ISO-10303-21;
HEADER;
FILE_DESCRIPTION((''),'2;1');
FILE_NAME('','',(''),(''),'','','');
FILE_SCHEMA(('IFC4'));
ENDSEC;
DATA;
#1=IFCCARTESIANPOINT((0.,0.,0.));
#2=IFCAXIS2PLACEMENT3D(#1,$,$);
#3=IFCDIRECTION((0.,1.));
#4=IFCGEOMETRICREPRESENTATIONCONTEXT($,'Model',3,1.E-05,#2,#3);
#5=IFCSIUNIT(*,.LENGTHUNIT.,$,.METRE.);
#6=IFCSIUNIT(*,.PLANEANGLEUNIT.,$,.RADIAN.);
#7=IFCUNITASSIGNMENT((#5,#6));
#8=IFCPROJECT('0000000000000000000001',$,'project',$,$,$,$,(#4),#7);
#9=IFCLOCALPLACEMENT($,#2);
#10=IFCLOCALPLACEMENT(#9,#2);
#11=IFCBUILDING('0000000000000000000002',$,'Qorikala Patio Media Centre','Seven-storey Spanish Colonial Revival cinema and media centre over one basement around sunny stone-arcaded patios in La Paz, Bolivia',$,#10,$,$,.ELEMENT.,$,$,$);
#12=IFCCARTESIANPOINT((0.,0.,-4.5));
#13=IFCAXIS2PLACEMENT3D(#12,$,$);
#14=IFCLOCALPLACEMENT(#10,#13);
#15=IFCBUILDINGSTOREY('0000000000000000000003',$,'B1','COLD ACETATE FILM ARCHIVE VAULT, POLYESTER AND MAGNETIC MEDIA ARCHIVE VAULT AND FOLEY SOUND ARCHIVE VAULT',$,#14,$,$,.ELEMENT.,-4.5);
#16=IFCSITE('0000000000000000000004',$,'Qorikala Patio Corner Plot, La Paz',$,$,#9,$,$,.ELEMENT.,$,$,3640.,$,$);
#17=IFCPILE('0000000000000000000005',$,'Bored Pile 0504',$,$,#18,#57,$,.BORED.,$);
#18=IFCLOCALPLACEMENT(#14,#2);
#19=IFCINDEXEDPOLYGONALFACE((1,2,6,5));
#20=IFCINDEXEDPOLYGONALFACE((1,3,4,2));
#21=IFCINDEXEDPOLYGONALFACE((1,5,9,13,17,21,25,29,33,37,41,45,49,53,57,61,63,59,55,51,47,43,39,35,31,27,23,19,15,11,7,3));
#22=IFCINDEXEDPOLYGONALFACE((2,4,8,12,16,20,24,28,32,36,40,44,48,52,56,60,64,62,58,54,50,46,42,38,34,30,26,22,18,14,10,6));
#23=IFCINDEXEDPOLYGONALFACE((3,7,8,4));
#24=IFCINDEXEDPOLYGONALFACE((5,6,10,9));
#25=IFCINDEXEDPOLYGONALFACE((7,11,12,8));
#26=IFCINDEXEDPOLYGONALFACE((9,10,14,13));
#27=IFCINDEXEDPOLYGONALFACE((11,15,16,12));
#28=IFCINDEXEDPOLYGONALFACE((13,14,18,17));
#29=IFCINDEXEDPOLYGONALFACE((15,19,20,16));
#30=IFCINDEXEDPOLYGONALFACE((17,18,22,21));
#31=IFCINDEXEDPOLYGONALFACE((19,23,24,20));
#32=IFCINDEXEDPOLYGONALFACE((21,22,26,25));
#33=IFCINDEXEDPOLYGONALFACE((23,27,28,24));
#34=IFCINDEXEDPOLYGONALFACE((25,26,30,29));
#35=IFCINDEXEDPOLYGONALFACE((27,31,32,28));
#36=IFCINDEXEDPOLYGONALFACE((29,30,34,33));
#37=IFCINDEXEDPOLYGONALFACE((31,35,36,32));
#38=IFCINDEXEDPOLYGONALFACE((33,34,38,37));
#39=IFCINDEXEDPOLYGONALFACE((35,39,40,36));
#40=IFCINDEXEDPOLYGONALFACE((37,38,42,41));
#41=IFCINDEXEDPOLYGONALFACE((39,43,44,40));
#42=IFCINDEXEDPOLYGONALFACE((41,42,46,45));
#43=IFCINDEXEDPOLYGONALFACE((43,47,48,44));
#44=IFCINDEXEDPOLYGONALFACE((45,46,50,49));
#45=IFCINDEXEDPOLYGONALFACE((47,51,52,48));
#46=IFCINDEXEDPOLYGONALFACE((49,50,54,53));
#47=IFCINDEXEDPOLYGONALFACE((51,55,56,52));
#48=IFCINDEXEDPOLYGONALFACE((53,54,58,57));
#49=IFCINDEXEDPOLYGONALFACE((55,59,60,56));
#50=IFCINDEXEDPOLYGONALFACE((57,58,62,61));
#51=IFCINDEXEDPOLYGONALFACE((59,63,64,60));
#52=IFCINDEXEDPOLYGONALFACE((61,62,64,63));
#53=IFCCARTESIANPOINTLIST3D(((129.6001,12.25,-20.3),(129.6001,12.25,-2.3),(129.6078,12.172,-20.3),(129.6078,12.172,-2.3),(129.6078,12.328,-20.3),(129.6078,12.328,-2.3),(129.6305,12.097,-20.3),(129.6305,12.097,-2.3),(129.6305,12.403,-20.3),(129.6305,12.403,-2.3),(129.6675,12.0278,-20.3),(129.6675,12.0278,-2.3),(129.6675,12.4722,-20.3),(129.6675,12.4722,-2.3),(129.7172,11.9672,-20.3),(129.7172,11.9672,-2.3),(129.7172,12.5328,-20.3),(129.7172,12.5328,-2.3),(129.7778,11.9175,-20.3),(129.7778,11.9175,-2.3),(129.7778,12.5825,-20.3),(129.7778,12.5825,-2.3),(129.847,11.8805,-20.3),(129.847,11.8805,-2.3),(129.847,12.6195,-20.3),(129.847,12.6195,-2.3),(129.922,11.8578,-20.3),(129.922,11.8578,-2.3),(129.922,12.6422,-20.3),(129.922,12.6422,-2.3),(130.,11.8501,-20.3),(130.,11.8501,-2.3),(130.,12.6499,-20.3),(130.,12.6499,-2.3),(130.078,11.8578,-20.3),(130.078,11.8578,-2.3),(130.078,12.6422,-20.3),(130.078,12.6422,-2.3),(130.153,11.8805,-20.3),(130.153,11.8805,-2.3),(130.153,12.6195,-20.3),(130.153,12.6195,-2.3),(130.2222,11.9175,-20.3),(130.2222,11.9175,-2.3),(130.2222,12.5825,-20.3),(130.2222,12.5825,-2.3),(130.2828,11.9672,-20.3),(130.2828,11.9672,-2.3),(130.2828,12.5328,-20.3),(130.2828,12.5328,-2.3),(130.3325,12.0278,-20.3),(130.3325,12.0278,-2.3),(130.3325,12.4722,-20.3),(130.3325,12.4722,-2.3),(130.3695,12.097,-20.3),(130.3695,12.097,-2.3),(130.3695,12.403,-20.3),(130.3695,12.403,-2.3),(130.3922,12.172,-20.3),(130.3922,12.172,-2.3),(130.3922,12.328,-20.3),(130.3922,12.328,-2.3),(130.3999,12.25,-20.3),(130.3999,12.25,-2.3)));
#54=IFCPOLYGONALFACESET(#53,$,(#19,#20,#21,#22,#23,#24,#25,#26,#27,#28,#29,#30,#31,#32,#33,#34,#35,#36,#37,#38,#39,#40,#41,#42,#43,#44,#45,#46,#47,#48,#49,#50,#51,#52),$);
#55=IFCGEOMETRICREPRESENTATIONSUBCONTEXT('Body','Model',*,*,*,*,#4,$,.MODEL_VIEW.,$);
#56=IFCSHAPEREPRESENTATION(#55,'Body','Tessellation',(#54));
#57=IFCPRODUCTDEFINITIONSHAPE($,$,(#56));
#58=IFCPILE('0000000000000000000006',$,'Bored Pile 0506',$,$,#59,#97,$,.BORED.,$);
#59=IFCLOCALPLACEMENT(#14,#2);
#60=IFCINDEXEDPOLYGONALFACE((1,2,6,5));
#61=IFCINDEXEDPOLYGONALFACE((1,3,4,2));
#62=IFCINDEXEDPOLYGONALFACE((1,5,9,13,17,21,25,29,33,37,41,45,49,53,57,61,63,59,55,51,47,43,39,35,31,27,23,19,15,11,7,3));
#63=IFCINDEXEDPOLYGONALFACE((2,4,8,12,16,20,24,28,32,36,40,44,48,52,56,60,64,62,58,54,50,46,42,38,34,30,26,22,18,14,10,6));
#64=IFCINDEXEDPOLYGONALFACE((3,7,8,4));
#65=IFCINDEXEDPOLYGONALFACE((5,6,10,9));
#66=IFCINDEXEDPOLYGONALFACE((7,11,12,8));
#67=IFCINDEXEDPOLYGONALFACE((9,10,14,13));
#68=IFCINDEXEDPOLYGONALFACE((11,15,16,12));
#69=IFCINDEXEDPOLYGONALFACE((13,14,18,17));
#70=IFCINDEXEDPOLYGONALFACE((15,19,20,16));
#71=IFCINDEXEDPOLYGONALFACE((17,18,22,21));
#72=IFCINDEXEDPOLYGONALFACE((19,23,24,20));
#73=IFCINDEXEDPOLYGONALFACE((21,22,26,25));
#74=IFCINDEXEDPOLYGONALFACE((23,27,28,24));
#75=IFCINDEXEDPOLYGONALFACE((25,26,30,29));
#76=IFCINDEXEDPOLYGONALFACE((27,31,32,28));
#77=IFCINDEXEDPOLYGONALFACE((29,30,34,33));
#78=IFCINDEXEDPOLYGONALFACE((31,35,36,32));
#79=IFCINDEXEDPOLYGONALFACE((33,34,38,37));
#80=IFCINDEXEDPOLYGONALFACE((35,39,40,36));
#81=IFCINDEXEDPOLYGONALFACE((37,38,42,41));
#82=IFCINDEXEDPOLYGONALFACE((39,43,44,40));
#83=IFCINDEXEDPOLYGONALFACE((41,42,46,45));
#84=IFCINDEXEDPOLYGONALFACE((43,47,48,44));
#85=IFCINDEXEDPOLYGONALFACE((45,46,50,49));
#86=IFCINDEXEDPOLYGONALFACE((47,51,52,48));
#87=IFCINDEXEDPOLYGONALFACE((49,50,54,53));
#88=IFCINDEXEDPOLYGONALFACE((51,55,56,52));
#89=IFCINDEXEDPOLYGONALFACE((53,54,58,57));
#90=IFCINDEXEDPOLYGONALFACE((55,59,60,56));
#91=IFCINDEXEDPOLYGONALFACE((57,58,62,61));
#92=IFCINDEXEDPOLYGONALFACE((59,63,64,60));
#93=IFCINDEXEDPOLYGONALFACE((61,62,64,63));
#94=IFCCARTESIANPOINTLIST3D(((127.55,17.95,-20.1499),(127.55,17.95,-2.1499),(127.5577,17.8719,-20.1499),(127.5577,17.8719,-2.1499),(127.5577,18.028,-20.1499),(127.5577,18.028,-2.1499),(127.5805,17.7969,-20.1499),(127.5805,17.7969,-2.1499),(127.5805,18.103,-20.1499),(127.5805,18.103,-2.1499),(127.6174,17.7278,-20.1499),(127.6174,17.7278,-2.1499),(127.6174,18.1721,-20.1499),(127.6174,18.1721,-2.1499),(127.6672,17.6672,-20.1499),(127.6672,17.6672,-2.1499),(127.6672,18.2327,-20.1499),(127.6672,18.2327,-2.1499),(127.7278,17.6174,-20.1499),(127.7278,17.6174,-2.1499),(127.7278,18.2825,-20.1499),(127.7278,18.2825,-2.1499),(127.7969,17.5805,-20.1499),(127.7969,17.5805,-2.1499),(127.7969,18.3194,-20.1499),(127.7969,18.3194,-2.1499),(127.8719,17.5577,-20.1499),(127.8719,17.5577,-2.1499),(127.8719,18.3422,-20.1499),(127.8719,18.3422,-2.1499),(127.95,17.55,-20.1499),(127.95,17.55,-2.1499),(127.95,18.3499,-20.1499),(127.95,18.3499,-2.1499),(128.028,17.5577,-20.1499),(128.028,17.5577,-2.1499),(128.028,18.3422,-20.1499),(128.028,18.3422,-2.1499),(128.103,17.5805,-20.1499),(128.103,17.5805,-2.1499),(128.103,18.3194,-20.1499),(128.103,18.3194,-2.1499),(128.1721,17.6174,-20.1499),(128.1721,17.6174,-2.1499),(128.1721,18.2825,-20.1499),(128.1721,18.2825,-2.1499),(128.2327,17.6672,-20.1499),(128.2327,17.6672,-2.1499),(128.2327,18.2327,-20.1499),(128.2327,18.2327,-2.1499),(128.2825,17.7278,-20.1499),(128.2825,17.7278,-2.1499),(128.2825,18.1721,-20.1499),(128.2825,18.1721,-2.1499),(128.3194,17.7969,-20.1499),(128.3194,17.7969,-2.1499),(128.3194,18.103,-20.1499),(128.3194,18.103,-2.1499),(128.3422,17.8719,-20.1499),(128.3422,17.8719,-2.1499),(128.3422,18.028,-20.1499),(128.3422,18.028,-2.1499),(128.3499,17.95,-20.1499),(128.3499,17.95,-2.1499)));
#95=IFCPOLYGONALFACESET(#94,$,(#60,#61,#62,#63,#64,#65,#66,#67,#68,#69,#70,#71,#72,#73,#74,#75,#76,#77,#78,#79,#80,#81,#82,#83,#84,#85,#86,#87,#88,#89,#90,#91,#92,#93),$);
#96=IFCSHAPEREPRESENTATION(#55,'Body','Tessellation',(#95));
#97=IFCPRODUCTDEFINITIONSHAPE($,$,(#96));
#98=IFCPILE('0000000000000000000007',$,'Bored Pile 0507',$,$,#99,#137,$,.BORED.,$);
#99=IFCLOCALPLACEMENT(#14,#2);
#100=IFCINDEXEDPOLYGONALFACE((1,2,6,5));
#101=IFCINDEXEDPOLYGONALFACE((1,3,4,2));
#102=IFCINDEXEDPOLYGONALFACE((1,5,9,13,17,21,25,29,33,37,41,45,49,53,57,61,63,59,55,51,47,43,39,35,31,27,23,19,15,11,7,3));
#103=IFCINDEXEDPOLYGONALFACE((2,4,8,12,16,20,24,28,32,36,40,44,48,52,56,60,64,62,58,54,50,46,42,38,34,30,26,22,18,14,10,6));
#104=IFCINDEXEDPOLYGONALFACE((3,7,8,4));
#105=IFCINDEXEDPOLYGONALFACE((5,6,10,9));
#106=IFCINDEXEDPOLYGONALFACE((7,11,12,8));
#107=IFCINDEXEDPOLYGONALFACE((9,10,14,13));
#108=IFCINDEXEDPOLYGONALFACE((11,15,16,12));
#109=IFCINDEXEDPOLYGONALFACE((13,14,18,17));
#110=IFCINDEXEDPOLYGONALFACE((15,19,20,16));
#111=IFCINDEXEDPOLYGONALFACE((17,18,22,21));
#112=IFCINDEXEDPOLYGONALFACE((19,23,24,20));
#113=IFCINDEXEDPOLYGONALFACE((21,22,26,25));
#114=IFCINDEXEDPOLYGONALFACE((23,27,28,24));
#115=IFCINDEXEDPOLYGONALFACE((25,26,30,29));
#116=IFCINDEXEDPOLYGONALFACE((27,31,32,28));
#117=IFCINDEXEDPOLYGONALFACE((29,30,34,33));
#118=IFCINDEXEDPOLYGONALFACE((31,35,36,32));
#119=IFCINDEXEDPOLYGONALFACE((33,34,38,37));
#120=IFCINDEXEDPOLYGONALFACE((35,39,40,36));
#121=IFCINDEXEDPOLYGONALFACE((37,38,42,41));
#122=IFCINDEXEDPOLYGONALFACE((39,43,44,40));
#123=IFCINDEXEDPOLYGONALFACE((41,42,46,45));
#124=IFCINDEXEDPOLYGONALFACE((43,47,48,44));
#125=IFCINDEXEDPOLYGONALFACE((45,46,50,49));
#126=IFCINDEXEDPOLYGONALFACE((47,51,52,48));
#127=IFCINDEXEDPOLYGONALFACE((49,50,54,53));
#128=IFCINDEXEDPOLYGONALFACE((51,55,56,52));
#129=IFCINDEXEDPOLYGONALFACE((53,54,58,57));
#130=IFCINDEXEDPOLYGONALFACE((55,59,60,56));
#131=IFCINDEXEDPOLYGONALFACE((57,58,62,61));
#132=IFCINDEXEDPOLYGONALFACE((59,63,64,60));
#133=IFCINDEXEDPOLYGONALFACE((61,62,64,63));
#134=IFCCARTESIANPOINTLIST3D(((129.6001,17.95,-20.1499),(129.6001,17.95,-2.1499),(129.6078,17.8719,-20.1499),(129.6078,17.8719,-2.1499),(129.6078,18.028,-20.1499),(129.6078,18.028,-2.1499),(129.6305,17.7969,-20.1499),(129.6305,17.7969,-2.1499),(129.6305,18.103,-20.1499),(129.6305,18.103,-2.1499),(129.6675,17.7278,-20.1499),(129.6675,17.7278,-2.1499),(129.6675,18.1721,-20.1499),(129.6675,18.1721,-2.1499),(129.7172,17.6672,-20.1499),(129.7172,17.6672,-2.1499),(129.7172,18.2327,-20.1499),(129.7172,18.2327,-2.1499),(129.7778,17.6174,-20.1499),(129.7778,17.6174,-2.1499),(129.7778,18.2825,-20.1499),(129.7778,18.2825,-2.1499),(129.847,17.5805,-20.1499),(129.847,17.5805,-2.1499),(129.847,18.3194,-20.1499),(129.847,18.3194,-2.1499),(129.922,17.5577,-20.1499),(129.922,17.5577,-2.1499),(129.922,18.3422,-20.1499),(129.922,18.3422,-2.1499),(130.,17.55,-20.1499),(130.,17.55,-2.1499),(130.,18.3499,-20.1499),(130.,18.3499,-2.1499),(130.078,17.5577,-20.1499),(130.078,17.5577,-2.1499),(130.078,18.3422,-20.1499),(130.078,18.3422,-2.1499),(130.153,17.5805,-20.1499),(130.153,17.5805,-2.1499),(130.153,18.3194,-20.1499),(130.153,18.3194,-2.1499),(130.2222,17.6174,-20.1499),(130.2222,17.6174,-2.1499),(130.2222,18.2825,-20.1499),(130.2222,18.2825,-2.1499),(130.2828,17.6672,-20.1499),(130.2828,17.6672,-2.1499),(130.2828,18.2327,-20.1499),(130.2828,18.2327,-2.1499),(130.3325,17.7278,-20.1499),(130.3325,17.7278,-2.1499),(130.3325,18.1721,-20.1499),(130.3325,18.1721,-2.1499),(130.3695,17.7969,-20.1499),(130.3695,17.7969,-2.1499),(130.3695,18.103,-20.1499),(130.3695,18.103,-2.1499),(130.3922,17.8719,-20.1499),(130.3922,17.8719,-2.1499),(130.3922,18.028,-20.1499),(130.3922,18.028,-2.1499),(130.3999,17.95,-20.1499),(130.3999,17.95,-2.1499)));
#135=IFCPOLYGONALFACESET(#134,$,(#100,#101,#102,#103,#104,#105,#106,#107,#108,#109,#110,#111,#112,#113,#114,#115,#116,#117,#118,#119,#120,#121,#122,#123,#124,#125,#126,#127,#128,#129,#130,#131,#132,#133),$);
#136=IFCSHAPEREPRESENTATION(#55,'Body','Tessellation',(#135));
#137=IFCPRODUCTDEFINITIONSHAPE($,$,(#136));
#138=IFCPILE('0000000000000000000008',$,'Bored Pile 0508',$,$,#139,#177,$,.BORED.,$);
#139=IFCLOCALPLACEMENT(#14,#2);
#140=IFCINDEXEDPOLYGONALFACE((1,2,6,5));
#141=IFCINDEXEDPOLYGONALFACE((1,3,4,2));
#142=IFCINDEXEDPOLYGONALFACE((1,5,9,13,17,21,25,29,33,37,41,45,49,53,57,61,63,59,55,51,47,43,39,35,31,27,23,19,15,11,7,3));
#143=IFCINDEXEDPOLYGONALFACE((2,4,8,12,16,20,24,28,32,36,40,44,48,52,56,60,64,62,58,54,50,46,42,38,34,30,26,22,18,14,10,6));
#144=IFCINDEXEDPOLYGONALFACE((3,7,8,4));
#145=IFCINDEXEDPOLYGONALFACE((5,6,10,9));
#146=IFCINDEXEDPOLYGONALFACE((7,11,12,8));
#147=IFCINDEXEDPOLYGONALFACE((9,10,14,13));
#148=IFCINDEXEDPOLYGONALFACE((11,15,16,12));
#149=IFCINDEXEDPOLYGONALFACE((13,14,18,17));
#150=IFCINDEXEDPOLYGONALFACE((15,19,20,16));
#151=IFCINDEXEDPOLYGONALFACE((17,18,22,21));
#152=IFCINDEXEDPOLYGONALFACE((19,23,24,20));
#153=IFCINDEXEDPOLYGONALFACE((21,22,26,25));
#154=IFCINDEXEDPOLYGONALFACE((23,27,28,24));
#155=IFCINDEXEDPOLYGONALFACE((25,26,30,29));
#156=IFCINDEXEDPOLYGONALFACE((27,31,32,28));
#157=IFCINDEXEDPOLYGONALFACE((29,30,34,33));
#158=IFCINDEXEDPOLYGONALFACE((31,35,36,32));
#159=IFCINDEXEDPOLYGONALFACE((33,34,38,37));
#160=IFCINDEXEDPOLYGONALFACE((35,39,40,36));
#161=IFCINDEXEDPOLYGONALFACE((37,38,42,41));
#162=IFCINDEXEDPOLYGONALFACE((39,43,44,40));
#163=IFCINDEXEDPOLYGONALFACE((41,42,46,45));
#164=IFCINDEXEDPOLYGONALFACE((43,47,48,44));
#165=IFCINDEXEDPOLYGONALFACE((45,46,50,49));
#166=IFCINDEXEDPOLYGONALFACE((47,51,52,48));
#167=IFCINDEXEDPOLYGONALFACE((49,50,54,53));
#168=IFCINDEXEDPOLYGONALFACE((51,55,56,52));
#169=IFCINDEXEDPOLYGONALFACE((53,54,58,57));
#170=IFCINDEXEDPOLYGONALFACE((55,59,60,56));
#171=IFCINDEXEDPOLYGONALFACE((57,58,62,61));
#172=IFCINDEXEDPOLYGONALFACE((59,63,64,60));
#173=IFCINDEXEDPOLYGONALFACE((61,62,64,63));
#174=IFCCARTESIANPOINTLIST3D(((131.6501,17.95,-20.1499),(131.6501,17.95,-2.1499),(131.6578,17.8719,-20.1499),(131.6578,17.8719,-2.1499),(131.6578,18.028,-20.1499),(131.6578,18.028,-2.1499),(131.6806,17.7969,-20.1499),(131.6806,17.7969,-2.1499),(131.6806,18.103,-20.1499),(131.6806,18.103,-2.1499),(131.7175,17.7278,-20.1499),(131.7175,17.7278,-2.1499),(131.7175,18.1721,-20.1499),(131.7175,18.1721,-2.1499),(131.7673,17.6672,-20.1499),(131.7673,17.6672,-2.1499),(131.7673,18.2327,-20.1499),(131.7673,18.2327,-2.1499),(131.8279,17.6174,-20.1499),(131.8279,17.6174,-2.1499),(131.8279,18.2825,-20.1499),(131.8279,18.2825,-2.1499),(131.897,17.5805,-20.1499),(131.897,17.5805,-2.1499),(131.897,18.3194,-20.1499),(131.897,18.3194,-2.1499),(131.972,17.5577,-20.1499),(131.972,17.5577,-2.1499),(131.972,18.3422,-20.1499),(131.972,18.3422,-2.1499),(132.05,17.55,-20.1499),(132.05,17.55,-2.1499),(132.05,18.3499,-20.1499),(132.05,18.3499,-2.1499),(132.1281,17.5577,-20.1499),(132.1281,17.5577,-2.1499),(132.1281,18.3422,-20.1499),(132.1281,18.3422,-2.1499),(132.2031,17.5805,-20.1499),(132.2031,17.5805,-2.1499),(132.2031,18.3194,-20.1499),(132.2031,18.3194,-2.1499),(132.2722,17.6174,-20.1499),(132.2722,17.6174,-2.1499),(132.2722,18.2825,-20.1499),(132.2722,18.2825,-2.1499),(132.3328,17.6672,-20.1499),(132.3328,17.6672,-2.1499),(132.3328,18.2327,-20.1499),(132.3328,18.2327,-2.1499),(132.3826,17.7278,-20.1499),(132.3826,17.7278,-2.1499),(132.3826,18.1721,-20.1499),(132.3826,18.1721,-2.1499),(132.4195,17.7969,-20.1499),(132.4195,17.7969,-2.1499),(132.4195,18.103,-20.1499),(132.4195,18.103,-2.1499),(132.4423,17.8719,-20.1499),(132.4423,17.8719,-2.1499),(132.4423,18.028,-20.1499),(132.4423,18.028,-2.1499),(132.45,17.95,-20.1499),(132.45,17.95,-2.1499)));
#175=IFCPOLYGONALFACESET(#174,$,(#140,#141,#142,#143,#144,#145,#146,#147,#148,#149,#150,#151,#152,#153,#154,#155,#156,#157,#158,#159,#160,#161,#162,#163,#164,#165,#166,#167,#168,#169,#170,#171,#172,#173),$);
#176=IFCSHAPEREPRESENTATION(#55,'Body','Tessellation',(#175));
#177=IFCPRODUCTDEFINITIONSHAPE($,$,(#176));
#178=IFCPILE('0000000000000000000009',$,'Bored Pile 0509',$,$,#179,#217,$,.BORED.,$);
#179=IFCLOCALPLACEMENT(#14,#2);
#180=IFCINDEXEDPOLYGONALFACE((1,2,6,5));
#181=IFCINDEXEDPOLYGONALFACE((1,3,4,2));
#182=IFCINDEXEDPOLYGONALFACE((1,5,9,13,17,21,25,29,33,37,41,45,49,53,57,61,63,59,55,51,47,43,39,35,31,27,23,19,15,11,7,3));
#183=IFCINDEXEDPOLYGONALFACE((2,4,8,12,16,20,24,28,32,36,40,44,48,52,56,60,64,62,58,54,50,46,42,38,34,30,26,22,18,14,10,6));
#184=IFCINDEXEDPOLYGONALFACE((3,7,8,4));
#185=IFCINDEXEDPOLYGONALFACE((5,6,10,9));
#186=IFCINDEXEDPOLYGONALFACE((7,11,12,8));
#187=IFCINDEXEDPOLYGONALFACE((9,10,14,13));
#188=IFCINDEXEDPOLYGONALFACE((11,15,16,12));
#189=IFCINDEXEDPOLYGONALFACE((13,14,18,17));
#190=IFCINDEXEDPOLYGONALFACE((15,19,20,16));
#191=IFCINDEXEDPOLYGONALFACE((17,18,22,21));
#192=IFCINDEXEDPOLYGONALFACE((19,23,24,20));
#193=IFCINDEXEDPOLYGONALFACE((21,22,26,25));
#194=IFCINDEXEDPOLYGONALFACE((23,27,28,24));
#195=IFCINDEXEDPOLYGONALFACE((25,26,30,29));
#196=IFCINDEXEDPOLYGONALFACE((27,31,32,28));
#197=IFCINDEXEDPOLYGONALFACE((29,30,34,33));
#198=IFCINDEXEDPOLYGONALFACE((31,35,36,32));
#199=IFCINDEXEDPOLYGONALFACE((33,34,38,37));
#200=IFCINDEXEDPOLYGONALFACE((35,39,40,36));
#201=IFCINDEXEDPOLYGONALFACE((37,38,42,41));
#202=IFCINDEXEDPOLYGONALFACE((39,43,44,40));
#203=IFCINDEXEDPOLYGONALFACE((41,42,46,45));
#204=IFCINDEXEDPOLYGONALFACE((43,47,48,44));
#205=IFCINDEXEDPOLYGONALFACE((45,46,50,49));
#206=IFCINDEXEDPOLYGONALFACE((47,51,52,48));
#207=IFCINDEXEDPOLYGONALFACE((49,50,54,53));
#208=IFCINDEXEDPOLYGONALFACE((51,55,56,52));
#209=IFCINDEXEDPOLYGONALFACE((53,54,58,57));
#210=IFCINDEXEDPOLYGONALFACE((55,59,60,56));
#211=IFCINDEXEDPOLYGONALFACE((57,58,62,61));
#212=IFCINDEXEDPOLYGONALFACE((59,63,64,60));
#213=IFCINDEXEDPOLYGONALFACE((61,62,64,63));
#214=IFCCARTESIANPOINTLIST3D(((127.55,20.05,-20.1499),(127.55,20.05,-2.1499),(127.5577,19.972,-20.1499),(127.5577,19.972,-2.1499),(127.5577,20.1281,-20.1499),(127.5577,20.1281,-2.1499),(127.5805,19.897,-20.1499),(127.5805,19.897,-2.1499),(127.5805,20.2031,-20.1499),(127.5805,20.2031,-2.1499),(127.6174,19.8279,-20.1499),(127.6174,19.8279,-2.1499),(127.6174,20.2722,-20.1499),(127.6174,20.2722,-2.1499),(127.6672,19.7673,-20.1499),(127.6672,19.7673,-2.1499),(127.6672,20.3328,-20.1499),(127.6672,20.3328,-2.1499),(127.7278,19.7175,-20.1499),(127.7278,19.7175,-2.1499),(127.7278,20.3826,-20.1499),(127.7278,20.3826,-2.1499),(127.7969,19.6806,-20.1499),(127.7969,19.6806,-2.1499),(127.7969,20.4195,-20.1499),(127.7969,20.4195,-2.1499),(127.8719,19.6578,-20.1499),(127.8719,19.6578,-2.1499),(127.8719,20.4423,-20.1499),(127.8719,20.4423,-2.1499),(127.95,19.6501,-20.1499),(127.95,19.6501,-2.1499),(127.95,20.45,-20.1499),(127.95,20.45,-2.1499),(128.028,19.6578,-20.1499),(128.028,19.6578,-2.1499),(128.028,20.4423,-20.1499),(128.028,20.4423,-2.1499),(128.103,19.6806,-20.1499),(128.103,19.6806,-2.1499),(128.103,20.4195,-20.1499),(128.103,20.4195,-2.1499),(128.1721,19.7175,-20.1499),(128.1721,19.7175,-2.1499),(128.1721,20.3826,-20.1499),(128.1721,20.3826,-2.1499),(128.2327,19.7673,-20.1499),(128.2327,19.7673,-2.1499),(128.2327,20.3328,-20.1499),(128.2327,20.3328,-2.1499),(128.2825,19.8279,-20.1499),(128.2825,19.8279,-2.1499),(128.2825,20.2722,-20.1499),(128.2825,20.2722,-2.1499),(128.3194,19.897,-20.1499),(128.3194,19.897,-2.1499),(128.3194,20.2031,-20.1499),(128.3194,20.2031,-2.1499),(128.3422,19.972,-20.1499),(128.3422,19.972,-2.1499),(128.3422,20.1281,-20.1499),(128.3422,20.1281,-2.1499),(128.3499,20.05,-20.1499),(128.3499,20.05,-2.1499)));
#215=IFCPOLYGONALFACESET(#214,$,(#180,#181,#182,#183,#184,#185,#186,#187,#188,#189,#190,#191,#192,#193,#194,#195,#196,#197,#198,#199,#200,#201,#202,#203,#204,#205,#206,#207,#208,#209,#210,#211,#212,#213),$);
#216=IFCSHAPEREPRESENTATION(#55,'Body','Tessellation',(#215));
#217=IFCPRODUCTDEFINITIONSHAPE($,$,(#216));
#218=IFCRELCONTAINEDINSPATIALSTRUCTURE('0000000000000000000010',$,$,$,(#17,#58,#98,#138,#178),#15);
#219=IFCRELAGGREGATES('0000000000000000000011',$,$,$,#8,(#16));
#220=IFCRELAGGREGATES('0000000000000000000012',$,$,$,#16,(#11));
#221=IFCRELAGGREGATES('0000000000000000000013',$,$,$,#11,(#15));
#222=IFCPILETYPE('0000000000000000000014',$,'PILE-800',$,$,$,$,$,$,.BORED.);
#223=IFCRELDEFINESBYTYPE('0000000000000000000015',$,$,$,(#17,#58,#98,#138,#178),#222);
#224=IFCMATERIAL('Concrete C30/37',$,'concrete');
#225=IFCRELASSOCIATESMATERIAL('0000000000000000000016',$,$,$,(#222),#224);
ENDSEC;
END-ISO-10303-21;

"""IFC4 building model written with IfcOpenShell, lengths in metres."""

from ifc_helpers import new_model, si_unit, direction, frame, origin, origin_2d, place, context, subcontext, project, spatial, circle, extrude, material, material_profile, profile_set, type_object, element, save


model = new_model("IFC4")

# Units and contexts
model_context = context("Model", 3, precision=1e-05, world=origin(), true_north=direction((0.0, 1.0)))
body_context = subcontext(model_context, "Body", "Model", "MODEL_VIEW")
ifc_project = project(units=[si_unit("LENGTHUNIT", "METRE"), si_unit("PLANEANGLEUNIT", "RADIAN")], contexts=[model_context])

# Site, building, storey
site_placement = place(None, origin())
site = spatial("IfcSite", under=ifc_project, at=site_placement, Name="Qorikala Patio Corner Plot, La Paz", CompositionType="ELEMENT", RefElevation=3640.0)
building_placement = place(site_placement, origin())
building = spatial("IfcBuilding", under=site, at=building_placement, Name="Qorikala Patio Media Centre", Description="Seven-storey Spanish Colonial Revival cinema and media centre over one basement around sunny stone-arcaded patios in La Paz, Bolivia", CompositionType="ELEMENT")
storey_placement = place(building_placement, frame((0.0, 0.0, -4.5)))
storey = spatial("IfcBuildingStorey", under=building, at=storey_placement, Name="B1", Description="COLD ACETATE FILM ARCHIVE VAULT, POLYESTER AND MAGNETIC MEDIA ARCHIVE VAULT AND FOLEY SOUND ARCHIVE VAULT", CompositionType="ELEMENT", Elevation=-4.5)

# Shared definitions
ifc_material_1 = material(Name="Concrete C30/37", Category="concrete")

# Piles
ifc_material_profile_1 = material_profile(ifc_material_1, circle(Radius=0.3999, at=origin_2d()), Name="BORED PILE 800")
ifc_profile_set_1 = profile_set([ifc_material_profile_1], Name="Concrete C30/37")
pile_type = type_object("IfcPileType", Name="PILE-800", PredefinedType="BORED", material=ifc_profile_set_1)
for number, where, z_axis, x_axis, name in (
    (1, (130.0, 12.25, -2.3), (0.0, 0.0, -1.0), (1.0, 0.0, 0.0), "Bored Pile 0504"),
    (2, (127.95, 17.95, -2.1499), (0.0, 0.0, -1.0), (1.0, 0.0, 0.0), "Bored Pile 0506"),
    (3, (130.0, 17.95, -2.1499), (0.0, 0.0, -1.0), (1.0, 0.0, 0.0), "Bored Pile 0507"),
    (4, (132.05, 17.95, -2.1499), (0.0, 0.0, -1.0), (1.0, 0.0, 0.0), "Bored Pile 0508"),
    (5, (127.95, 20.05, -2.1499), (0.0, 0.0, -1.0), (1.0, 0.0, 0.0), "Bored Pile 0509"),
):
    element("IfcPile", number, at=place(storey_placement, frame(where, z_axis=z_axis, x_axis=x_axis)), inside=storey, type_object=pile_type, Name=name, PredefinedType="BORED", context=body_context, shape_type="SweptSolid", body=[
        extrude(circle(Radius=0.3999, at=origin_2d()), origin(), (0.0, 0.0, 1.0), 18.0),
    ])

save(model, "model.ifc")
